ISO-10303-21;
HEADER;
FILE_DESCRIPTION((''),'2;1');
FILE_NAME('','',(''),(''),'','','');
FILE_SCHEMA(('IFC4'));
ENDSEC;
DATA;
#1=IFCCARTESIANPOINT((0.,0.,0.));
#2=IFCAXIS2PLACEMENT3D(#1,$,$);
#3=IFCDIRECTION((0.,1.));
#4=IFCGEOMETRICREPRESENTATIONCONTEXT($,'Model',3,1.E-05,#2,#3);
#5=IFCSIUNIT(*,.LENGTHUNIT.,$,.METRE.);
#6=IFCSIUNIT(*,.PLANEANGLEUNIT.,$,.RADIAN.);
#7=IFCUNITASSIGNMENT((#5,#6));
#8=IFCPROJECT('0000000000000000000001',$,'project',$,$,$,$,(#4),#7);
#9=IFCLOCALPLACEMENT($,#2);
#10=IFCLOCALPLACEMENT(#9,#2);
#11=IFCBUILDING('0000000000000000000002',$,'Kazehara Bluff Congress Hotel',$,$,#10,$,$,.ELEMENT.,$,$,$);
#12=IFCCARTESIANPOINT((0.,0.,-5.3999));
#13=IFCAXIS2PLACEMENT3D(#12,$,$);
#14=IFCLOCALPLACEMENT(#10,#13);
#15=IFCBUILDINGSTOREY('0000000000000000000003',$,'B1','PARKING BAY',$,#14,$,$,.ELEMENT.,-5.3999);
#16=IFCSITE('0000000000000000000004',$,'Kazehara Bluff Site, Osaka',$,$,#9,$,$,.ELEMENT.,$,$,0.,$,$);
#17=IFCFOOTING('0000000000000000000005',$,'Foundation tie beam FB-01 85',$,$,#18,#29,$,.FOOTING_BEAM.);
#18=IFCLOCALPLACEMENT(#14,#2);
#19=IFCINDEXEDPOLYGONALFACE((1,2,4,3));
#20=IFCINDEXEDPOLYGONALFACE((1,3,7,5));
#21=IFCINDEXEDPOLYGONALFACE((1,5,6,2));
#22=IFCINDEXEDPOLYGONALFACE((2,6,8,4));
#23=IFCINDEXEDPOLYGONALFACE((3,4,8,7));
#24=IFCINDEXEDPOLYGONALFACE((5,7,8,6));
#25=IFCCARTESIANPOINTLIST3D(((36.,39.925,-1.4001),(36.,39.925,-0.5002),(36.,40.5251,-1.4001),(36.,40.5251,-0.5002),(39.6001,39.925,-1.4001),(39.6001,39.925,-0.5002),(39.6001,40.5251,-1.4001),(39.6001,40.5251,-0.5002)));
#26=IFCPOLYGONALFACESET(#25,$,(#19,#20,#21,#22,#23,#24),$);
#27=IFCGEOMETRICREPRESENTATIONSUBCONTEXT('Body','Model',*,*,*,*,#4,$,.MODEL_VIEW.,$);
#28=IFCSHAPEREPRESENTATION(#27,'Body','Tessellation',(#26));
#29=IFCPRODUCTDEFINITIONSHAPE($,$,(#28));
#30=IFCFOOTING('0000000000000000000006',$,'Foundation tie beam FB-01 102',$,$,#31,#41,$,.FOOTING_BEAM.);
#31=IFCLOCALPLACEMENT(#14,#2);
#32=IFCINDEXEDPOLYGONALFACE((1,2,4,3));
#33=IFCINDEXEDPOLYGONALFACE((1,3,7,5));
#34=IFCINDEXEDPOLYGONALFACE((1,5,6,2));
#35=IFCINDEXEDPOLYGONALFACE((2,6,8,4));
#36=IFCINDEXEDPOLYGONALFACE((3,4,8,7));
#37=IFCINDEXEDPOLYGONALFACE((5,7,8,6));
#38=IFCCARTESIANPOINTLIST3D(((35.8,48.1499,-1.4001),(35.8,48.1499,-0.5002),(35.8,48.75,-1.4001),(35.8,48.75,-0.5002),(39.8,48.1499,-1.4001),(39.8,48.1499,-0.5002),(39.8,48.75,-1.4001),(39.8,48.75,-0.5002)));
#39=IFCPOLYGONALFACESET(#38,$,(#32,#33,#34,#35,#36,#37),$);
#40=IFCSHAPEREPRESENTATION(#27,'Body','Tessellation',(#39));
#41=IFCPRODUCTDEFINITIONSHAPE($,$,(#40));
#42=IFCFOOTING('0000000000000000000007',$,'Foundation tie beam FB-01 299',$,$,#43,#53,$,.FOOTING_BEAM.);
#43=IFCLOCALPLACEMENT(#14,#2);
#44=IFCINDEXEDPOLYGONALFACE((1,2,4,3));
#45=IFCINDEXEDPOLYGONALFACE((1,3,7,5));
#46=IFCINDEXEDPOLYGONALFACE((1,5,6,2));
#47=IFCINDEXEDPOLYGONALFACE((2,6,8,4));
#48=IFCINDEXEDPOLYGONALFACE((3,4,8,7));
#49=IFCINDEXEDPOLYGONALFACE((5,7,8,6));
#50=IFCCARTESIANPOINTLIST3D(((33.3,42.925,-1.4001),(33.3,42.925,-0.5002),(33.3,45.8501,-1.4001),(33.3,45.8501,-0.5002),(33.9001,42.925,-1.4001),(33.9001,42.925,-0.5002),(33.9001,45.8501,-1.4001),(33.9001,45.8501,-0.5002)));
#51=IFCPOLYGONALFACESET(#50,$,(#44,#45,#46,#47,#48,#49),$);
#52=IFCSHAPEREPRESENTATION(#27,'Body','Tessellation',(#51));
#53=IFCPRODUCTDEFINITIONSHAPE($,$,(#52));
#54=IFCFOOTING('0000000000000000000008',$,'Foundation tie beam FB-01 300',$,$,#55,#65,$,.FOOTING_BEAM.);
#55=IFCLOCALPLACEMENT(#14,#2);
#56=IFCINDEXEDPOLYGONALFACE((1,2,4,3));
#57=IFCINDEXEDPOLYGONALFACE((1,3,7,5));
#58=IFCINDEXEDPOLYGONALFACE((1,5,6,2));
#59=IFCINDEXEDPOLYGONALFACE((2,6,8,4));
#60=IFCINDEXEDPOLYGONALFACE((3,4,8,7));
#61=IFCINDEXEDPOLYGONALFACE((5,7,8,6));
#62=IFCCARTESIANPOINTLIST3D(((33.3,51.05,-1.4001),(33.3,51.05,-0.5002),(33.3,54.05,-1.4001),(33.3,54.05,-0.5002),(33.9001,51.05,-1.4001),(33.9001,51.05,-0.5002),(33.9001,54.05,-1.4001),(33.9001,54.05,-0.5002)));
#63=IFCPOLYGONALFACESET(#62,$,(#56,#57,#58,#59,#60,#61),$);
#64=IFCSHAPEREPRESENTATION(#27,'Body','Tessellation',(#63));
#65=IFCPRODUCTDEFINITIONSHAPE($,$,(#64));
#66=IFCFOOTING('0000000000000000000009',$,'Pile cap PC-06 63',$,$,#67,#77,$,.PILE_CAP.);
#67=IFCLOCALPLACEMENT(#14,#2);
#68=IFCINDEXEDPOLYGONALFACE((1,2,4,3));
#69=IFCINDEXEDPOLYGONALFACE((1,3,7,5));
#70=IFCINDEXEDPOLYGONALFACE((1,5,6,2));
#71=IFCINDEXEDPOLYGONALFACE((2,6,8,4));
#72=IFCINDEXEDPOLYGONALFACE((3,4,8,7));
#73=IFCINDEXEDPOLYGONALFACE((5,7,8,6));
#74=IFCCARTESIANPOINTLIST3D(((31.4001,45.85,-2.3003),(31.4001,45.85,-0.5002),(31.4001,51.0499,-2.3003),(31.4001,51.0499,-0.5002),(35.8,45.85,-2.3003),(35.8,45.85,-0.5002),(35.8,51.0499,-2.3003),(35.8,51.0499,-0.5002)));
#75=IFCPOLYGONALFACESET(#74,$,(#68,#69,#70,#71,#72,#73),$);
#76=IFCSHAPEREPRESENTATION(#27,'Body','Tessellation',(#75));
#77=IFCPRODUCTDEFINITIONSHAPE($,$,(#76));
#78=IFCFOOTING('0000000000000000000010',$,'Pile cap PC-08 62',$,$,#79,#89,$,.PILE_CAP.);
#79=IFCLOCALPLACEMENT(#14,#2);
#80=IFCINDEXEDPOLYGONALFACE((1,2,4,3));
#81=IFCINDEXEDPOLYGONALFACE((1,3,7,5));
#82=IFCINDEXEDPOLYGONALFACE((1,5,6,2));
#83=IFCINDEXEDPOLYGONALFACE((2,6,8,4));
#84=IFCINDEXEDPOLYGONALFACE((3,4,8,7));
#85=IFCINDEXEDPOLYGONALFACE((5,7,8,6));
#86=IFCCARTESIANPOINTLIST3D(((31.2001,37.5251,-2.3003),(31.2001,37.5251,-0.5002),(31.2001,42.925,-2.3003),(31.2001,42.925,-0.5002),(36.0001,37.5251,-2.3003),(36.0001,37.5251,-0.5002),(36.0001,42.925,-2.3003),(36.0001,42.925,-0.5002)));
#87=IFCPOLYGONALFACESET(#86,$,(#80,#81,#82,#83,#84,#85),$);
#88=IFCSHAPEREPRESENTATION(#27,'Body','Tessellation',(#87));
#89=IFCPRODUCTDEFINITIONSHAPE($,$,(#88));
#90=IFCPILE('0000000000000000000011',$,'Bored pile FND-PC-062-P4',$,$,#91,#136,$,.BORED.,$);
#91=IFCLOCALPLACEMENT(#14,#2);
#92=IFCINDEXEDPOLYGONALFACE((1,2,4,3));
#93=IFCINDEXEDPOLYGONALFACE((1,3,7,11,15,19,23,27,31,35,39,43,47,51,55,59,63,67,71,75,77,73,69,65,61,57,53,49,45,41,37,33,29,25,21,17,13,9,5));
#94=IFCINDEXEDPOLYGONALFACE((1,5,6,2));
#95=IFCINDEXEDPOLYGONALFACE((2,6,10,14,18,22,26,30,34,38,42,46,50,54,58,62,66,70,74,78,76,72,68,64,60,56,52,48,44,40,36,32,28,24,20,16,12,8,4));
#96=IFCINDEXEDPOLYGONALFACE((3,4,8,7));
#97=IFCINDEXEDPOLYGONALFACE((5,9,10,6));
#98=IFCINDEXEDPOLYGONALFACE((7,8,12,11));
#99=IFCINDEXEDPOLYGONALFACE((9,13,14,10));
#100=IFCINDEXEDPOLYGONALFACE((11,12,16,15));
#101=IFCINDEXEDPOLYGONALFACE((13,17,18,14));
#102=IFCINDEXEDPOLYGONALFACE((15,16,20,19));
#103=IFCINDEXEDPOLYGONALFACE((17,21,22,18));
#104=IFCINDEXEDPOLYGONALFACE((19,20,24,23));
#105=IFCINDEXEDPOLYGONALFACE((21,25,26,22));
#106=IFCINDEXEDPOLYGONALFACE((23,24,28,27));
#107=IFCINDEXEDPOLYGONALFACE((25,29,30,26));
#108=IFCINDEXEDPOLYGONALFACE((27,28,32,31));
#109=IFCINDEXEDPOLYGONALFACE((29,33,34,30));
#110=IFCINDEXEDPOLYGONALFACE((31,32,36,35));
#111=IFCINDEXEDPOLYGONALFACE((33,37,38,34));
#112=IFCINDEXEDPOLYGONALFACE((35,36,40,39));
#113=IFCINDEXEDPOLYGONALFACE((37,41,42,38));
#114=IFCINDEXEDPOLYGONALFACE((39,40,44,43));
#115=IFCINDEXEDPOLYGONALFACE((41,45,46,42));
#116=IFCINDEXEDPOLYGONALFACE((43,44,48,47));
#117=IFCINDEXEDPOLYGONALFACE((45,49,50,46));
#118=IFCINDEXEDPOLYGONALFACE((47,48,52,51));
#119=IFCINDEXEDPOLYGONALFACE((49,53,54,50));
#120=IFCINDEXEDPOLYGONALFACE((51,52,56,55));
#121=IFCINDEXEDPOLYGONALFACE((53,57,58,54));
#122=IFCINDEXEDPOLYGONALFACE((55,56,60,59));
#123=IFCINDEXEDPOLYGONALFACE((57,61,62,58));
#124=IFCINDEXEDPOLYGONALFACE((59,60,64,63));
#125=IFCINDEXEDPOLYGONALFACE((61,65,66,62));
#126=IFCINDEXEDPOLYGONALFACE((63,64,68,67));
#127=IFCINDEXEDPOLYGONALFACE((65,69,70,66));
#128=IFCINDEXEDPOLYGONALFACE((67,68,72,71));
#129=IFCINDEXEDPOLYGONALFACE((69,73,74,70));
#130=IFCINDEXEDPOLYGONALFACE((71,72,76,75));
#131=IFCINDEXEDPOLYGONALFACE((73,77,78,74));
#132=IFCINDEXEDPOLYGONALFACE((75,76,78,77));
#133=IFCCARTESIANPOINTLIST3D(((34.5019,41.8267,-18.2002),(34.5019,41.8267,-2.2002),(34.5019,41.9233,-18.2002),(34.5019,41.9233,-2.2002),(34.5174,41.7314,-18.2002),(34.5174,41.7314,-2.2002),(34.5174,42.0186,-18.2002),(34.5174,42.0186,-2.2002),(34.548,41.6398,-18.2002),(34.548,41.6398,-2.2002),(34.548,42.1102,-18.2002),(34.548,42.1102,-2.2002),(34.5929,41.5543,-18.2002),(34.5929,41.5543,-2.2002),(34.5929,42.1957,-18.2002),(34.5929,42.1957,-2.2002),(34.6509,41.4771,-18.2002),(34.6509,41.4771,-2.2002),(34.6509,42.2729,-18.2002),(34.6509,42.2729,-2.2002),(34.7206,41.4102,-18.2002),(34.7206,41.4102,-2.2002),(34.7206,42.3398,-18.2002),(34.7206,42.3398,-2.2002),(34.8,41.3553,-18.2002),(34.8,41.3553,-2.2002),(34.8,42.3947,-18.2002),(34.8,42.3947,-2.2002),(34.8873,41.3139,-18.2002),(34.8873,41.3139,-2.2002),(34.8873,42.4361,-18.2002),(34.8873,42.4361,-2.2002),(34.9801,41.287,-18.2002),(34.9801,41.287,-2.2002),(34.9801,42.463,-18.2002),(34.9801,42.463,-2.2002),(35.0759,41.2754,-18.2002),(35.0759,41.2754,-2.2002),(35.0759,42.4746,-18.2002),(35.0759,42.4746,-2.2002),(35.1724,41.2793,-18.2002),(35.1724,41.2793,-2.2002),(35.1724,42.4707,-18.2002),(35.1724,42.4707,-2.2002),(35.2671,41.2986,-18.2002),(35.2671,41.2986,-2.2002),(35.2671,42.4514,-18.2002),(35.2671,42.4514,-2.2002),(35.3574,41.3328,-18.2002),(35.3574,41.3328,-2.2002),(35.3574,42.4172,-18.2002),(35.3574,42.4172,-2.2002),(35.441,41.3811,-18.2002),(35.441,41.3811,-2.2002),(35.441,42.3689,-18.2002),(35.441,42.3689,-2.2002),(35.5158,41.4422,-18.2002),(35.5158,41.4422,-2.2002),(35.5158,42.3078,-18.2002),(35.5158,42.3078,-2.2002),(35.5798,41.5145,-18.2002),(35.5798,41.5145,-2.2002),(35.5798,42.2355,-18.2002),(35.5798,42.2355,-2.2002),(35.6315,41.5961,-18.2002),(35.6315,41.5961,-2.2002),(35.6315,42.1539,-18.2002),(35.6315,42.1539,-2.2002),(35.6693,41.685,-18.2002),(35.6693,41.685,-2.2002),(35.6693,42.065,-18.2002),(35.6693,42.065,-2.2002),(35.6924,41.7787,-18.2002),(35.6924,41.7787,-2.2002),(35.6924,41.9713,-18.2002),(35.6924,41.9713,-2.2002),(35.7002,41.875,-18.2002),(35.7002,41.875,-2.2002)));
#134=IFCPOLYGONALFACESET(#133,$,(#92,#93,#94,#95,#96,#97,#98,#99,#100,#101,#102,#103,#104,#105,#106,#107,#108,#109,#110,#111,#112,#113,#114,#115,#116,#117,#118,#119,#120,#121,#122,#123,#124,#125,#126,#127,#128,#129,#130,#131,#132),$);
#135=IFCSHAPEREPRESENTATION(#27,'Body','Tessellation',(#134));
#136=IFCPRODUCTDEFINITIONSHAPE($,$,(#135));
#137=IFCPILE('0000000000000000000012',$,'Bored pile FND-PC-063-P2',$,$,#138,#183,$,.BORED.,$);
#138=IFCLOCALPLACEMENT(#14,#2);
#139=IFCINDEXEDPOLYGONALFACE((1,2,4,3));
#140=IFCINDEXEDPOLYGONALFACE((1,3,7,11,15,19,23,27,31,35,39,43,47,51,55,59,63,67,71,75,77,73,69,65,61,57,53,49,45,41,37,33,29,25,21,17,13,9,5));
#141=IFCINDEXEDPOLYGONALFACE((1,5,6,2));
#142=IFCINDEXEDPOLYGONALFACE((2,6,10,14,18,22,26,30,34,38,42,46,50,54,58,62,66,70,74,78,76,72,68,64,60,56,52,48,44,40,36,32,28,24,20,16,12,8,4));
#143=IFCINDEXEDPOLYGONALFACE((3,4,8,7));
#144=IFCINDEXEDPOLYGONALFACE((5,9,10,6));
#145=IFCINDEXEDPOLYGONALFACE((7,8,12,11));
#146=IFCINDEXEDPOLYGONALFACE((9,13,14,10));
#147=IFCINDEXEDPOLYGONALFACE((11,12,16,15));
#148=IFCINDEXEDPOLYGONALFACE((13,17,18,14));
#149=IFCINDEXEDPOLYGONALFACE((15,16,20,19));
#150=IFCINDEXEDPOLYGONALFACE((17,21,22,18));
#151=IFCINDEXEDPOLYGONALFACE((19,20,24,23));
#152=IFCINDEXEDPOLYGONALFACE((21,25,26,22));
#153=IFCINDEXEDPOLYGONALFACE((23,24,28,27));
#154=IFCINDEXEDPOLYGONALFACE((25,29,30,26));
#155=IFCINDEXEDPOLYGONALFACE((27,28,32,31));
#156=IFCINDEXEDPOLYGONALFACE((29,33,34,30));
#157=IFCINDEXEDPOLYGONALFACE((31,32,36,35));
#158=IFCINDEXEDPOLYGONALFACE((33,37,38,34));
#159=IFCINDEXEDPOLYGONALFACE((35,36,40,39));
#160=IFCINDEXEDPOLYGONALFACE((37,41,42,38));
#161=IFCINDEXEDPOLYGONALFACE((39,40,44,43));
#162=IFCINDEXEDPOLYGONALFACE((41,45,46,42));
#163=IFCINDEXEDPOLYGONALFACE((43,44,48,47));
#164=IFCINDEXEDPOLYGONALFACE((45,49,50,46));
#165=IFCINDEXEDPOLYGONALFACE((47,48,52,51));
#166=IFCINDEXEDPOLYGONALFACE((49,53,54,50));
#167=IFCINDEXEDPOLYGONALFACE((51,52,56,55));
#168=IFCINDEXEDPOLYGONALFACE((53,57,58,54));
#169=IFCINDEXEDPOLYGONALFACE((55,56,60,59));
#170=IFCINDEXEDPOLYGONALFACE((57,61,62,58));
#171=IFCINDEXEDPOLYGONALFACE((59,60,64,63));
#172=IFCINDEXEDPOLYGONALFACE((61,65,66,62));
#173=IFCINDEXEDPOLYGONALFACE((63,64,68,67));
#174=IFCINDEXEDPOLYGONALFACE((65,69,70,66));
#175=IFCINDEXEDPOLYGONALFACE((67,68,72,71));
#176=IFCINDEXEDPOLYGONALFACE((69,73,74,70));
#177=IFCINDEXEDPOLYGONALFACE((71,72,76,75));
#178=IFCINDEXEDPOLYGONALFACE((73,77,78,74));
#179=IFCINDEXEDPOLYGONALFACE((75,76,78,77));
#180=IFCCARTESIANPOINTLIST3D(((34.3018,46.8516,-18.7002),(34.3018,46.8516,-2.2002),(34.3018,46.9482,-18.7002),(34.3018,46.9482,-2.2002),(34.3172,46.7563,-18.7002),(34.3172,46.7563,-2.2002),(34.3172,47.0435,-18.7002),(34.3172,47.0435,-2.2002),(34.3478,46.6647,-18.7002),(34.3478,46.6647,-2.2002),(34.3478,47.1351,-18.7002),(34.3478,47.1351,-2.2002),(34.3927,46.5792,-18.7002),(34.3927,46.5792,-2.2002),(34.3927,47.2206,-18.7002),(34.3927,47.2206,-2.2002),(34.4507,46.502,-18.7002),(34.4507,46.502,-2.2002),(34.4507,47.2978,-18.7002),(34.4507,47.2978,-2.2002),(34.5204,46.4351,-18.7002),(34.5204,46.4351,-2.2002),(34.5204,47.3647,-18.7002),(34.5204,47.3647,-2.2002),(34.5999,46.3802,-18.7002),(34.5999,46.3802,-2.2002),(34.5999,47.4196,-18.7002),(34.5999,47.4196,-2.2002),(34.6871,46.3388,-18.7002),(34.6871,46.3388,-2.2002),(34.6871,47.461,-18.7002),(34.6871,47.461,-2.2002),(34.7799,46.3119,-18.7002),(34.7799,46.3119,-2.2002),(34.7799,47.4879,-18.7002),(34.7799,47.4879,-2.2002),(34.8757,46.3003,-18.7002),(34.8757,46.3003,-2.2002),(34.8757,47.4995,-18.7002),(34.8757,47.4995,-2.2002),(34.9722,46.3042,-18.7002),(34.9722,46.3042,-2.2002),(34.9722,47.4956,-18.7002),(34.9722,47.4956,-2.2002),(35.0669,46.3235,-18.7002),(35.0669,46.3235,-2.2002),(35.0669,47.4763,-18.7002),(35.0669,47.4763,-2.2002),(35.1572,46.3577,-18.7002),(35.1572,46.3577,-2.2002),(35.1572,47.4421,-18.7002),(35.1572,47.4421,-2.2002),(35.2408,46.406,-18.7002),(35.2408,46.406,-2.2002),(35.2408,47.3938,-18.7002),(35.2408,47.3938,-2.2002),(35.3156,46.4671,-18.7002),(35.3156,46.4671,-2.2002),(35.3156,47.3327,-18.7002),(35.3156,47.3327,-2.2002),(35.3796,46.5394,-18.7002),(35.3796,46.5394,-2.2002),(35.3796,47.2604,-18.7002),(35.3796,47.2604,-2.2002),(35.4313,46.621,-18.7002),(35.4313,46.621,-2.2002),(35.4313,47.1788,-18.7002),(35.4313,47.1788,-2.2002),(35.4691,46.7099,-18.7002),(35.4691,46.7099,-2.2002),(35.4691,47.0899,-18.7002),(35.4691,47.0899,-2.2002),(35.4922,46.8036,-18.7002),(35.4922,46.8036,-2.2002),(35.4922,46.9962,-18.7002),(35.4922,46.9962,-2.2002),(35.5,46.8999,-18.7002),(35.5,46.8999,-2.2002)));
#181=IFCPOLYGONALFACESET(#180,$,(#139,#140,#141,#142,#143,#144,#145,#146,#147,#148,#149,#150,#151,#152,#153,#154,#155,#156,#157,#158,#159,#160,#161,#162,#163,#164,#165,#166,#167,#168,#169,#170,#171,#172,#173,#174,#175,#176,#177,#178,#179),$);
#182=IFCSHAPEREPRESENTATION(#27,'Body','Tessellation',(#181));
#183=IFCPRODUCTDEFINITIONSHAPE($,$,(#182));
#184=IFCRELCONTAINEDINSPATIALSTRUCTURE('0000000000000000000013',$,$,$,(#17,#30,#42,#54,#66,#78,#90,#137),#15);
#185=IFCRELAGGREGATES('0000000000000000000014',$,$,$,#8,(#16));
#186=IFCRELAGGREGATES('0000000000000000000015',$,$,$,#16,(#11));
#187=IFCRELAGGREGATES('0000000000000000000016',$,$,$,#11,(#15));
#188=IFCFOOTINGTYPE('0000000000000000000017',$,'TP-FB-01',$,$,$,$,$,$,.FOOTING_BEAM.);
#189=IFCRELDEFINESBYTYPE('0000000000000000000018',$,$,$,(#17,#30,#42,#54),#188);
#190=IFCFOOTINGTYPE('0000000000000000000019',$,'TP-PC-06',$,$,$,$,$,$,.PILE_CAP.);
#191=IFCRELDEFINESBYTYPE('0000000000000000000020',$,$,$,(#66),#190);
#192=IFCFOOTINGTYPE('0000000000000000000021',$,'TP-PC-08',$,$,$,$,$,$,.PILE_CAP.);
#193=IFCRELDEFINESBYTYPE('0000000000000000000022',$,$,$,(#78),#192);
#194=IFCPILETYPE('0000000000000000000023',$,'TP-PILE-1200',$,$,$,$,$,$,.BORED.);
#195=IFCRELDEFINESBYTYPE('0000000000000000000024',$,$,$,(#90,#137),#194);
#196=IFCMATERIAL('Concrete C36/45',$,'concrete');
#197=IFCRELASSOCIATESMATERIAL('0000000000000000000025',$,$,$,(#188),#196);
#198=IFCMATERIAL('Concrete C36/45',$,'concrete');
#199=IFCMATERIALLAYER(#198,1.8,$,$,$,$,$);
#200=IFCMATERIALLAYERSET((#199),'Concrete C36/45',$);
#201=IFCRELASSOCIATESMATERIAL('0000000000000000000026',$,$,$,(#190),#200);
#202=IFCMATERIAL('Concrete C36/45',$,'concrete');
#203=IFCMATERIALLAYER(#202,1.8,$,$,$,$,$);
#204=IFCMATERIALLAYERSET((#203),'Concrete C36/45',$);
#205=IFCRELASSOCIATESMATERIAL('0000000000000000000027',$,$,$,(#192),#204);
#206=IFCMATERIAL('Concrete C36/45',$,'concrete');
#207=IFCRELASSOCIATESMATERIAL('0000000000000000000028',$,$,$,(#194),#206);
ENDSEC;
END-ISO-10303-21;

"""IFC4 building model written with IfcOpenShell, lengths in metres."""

from ifc_helpers import new_model, si_unit, direction, frame, origin, origin_2d, place, context, subcontext, project, spatial, rectangle, circle, extrude, material, layer, layer_set, material_profile, profile_set, type_object, element, save


model = new_model("IFC4")

# Units and contexts
model_context = context("Model", 3, precision=1e-05, world=origin(), true_north=direction((0.0, 1.0)))
body_context = subcontext(model_context, "Body", "Model", "MODEL_VIEW")
ifc_project = project(units=[si_unit("LENGTHUNIT", "METRE"), si_unit("PLANEANGLEUNIT", "RADIAN")], contexts=[model_context])

# Site, building, storey
site_placement = place(None, origin())
site = spatial("IfcSite", under=ifc_project, at=site_placement, Name="Kazehara Bluff Site, Osaka", CompositionType="ELEMENT", RefElevation=0.0)
building_placement = place(site_placement, origin())
building = spatial("IfcBuilding", under=site, at=building_placement, Name="Kazehara Bluff Congress Hotel", CompositionType="ELEMENT")
storey_placement = place(building_placement, frame((0.0, 0.0, -5.3999)))
storey = spatial("IfcBuildingStorey", under=building, at=storey_placement, Name="B1", Description="PARKING BAY", CompositionType="ELEMENT", Elevation=-5.3999)

# Footings
ifc_material_1 = material(Name="Concrete C36/45", Category="concrete")
ifc_material_profile_1 = material_profile(ifc_material_1, rectangle(XDim=0.6001, YDim=0.8999, at=origin_2d()))
ifc_profile_set_1 = profile_set([ifc_material_profile_1], Name="Concrete C36/45")
footing_type_1 = type_object("IfcFootingType", Name="TP-FB-01", PredefinedType="FOOTING_BEAM", material=ifc_profile_set_1)
footing_1_placement = place(storey_placement, frame((36.0, 40.2251, -0.9502), z_axis=(1.0, 0.0, 0.0), x_axis=(0.0, 1.0, 0.0)))
element("IfcFooting", 1, at=footing_1_placement, inside=storey, type_object=footing_type_1, Name="Foundation tie beam FB-01 85", PredefinedType="FOOTING_BEAM", context=body_context, shape_type="SweptSolid", body=[
    extrude(rectangle(XDim=0.6001, YDim=0.8999, at=origin_2d()), origin(), (0.0, 0.0, 1.0), 3.6001),
])
footing_2_placement = place(storey_placement, frame((35.8, 48.45, -0.9502), z_axis=(1.0, 0.0, 0.0), x_axis=(0.0, 1.0, 0.0)))
element("IfcFooting", 2, at=footing_2_placement, inside=storey, type_object=footing_type_1, Name="Foundation tie beam FB-01 102", PredefinedType="FOOTING_BEAM", context=body_context, shape_type="SweptSolid", body=[
    extrude(rectangle(XDim=0.6001, YDim=0.8999, at=origin_2d()), origin(), (0.0, 0.0, 1.0), 4.0),
])
footing_3_placement = place(storey_placement, frame((33.6001, 42.925, -0.9502), z_axis=(0.0, 1.0, 0.0), x_axis=(-1.0, 0.0, 0.0)))
element("IfcFooting", 3, at=footing_3_placement, inside=storey, type_object=footing_type_1, Name="Foundation tie beam FB-01 299", PredefinedType="FOOTING_BEAM", context=body_context, shape_type="SweptSolid", body=[
    extrude(rectangle(XDim=0.6001, YDim=0.8999, at=origin_2d()), origin(), (0.0, 0.0, 1.0), 2.925),
])
footing_4_placement = place(storey_placement, frame((33.6001, 51.05, -0.9502), z_axis=(0.0, 1.0, 0.0), x_axis=(-1.0, 0.0, 0.0)))
element("IfcFooting", 4, at=footing_4_placement, inside=storey, type_object=footing_type_1, Name="Foundation tie beam FB-01 300", PredefinedType="FOOTING_BEAM", context=body_context, shape_type="SweptSolid", body=[
    extrude(rectangle(XDim=0.6001, YDim=0.8999, at=origin_2d()), origin(), (0.0, 0.0, 1.0), 3.0),
])
ifc_material_2 = material(Name="Concrete C36/45", Category="concrete")
ifc_layer_1 = layer(ifc_material_2, 1.8)
ifc_layer_set_1 = layer_set([ifc_layer_1], Name="Concrete C36/45")
footing_type_2 = type_object("IfcFootingType", Name="TP-PC-06", PredefinedType="PILE_CAP", material=ifc_layer_set_1)
footing_5_placement = place(storey_placement, frame((33.6001, 48.45, -2.3003), z_axis=(0.0, 0.0, 1.0), x_axis=(1.0, 0.0, 0.0)))
element("IfcFooting", 5, at=footing_5_placement, inside=storey, type_object=footing_type_2, Name="Pile cap PC-06 63", PredefinedType="PILE_CAP", context=body_context, shape_type="SweptSolid", body=[
    extrude(rectangle(XDim=4.3999, YDim=5.2, at=origin_2d()), origin(), (0.0, 0.0, 1.0), 1.8),
])
ifc_material_3 = material(Name="Concrete C36/45", Category="concrete")
ifc_layer_2 = layer(ifc_material_3, 1.8)
ifc_layer_set_2 = layer_set([ifc_layer_2], Name="Concrete C36/45")
footing_type_3 = type_object("IfcFootingType", Name="TP-PC-08", PredefinedType="PILE_CAP", material=ifc_layer_set_2)
footing_6_placement = place(storey_placement, frame((33.6001, 40.2251, -2.3003), z_axis=(0.0, 0.0, 1.0), x_axis=(1.0, 0.0, 0.0)))
element("IfcFooting", 6, at=footing_6_placement, inside=storey, type_object=footing_type_3, Name="Pile cap PC-08 62", PredefinedType="PILE_CAP", context=body_context, shape_type="SweptSolid", body=[
    extrude(rectangle(XDim=4.8, YDim=5.3999, at=origin_2d()), origin(), (0.0, 0.0, 1.0), 1.8),
])

# Piles
ifc_material_4 = material(Name="Concrete C36/45", Category="concrete")
ifc_material_profile_2 = material_profile(ifc_material_4, circle(Radius=0.6001, at=origin_2d()))
ifc_profile_set_2 = profile_set([ifc_material_profile_2], Name="Concrete C36/45")
pile_type = type_object("IfcPileType", Name="TP-PILE-1200", PredefinedType="BORED", material=ifc_profile_set_2)
pile_placement = place(storey_placement, frame((35.1001, 41.875, -2.2002), z_axis=(0.0, 0.0, -1.0), x_axis=(1.0, 0.0, 0.0)))
element("IfcPile", 7, at=pile_placement, inside=storey, type_object=pile_type, Name="Bored pile FND-PC-062-P4", PredefinedType="BORED", context=body_context, shape_type="SweptSolid", body=[
    extrude(circle(Radius=0.6001, at=origin_2d()), origin(), (0.0, 0.0, 1.0), 16.0),
])
for number, where, z_axis, x_axis, name in (
    (8, (34.8999, 46.8999, -2.2002), (0.0, 0.0, -1.0), (1.0, 0.0, 0.0), "Bored pile FND-PC-063-P2"),
):
    element("IfcPile", number, at=place(storey_placement, frame(where, z_axis=z_axis, x_axis=x_axis)), inside=storey, type_object=pile_type, Name=name, PredefinedType="BORED", context=body_context, shape_type="SweptSolid", body=[
        extrude(circle(Radius=0.6001, at=origin_2d()), origin(), (0.0, 0.0, 1.0), 16.5),
    ])

save(model, "model.ifc")
